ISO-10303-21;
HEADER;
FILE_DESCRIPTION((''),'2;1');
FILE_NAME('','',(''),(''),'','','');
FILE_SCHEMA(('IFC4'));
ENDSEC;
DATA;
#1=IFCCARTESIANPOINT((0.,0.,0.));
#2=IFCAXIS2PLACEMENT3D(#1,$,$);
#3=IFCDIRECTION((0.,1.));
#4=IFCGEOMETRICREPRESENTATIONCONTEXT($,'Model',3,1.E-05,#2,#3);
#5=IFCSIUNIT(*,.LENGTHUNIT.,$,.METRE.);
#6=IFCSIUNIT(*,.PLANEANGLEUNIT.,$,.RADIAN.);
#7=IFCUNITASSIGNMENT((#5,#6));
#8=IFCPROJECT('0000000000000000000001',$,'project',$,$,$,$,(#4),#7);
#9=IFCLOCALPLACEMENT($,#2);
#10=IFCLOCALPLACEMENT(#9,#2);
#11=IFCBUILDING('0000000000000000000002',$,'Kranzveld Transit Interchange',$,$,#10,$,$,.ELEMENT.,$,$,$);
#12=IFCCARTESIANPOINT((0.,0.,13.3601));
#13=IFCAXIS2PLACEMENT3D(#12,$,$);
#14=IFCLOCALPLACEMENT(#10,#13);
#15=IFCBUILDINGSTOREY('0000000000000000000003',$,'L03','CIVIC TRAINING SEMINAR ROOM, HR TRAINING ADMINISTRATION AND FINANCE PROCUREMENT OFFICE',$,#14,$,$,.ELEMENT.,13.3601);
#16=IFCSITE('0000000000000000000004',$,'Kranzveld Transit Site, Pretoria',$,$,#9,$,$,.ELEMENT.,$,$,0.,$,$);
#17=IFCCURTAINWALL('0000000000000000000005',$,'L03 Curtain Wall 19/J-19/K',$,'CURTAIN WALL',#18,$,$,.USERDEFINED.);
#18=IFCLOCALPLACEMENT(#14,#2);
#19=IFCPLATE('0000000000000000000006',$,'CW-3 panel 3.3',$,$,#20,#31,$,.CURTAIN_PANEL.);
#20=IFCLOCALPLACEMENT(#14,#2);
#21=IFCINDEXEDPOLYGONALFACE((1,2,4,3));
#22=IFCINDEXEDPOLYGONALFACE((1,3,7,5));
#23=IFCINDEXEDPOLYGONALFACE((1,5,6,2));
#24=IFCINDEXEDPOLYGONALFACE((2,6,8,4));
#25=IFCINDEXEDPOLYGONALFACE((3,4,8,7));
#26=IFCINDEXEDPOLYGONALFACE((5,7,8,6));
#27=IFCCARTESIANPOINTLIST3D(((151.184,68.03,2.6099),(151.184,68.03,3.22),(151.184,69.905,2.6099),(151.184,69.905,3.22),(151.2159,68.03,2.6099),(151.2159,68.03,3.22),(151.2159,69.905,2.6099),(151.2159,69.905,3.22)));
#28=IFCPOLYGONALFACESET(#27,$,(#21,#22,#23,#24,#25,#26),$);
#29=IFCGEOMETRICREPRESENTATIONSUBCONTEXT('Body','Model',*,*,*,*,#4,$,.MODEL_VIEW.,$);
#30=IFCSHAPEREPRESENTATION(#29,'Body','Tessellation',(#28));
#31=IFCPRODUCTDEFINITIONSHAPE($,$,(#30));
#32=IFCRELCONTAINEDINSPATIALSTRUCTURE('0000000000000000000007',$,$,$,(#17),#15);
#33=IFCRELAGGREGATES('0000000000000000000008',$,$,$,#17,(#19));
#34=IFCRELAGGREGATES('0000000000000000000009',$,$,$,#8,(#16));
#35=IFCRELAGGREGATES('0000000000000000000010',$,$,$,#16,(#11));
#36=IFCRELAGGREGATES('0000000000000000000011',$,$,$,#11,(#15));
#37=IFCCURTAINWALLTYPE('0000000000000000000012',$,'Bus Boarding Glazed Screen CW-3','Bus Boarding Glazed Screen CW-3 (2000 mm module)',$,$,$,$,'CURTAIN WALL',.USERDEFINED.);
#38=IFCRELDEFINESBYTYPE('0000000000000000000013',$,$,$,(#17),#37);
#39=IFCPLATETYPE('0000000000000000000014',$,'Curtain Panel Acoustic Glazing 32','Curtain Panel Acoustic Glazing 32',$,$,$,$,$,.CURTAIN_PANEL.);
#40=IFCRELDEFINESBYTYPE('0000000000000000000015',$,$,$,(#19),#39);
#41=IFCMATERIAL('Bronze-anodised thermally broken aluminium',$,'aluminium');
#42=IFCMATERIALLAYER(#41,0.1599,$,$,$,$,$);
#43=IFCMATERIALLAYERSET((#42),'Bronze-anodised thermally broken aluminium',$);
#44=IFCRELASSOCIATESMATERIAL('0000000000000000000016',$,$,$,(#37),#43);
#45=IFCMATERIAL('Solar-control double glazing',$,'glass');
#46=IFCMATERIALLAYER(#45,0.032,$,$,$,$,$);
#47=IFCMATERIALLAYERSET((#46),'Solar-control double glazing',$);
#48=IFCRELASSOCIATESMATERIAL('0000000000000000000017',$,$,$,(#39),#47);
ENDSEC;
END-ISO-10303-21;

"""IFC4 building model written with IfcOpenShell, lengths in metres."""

from ifc_helpers import new_model, si_unit, direction, frame, origin, origin_2d, place, context, subcontext, project, spatial, rectangle, extrude, material, layer, layer_set, type_object, element, aggregate, save


model = new_model("IFC4")

# Units and contexts
model_context = context("Model", 3, precision=1e-05, world=origin(), true_north=direction((0.0, 1.0)))
body_context = subcontext(model_context, "Body", "Model", "MODEL_VIEW")
ifc_project = project(units=[si_unit("LENGTHUNIT", "METRE"), si_unit("PLANEANGLEUNIT", "RADIAN")], contexts=[model_context])

# Site, building, storey
site_placement = place(None, origin())
site = spatial("IfcSite", under=ifc_project, at=site_placement, Name="Kranzveld Transit Site, Pretoria", CompositionType="ELEMENT", RefElevation=0.0)
building_placement = place(site_placement, origin())
building = spatial("IfcBuilding", under=site, at=building_placement, Name="Kranzveld Transit Interchange", CompositionType="ELEMENT")
storey_placement = place(building_placement, frame((0.0, 0.0, 13.3601)))
storey = spatial("IfcBuildingStorey", under=building, at=storey_placement, Name="L03", Description="CIVIC TRAINING SEMINAR ROOM, HR TRAINING ADMINISTRATION AND FINANCE PROCUREMENT OFFICE", CompositionType="ELEMENT", Elevation=13.3601)

# Curtain wall
ifc_material_1 = material(Name="Bronze-anodised thermally broken aluminium", Category="aluminium")
ifc_layer_1 = layer(ifc_material_1, 0.1599)
ifc_layer_set_1 = layer_set([ifc_layer_1], Name="Bronze-anodised thermally broken aluminium")
curtain_wall_type = type_object("IfcCurtainWallType", Name="Bus Boarding Glazed Screen CW-3", Description="Bus Boarding Glazed Screen CW-3 (2000 mm module)", ElementType="CURTAIN WALL", PredefinedType="USERDEFINED", material=ifc_layer_set_1)
curtain_wall_placement = place(storey_placement, origin())
curtain_wall = element("IfcCurtainWall", 1, at=curtain_wall_placement, inside=storey, type_object=curtain_wall_type, Name="L03 Curtain Wall 19/J-19/K", ObjectType="CURTAIN WALL", PredefinedType="USERDEFINED")

# Plate
ifc_material_2 = material(Name="Solar-control double glazing", Category="glass")
ifc_layer_2 = layer(ifc_material_2, 0.032)
ifc_layer_set_2 = layer_set([ifc_layer_2], Name="Solar-control double glazing")
plate_type = type_object("IfcPlateType", Name="Curtain Panel Acoustic Glazing 32", Description="Curtain Panel Acoustic Glazing 32", PredefinedType="CURTAIN_PANEL", material=ifc_layer_set_2)
plate_1_placement = place(storey_placement, frame((151.2, 68.9675, 2.6099), z_axis=(0.0, 0.0, 1.0), x_axis=(0.0, 1.0, 0.0)))
plate_1 = element("IfcPlate", 2, at=plate_1_placement, type_object=plate_type, Name="CW-3 panel 3.3", PredefinedType="CURTAIN_PANEL", context=body_context, shape_type="SweptSolid", body=[
    extrude(rectangle(XDim=1.875, YDim=0.032, at=origin_2d()), origin(), (0.0, 0.0, 1.0), 0.6101),
])
aggregate(curtain_wall, [plate_1])

save(model, "model.ifc")
